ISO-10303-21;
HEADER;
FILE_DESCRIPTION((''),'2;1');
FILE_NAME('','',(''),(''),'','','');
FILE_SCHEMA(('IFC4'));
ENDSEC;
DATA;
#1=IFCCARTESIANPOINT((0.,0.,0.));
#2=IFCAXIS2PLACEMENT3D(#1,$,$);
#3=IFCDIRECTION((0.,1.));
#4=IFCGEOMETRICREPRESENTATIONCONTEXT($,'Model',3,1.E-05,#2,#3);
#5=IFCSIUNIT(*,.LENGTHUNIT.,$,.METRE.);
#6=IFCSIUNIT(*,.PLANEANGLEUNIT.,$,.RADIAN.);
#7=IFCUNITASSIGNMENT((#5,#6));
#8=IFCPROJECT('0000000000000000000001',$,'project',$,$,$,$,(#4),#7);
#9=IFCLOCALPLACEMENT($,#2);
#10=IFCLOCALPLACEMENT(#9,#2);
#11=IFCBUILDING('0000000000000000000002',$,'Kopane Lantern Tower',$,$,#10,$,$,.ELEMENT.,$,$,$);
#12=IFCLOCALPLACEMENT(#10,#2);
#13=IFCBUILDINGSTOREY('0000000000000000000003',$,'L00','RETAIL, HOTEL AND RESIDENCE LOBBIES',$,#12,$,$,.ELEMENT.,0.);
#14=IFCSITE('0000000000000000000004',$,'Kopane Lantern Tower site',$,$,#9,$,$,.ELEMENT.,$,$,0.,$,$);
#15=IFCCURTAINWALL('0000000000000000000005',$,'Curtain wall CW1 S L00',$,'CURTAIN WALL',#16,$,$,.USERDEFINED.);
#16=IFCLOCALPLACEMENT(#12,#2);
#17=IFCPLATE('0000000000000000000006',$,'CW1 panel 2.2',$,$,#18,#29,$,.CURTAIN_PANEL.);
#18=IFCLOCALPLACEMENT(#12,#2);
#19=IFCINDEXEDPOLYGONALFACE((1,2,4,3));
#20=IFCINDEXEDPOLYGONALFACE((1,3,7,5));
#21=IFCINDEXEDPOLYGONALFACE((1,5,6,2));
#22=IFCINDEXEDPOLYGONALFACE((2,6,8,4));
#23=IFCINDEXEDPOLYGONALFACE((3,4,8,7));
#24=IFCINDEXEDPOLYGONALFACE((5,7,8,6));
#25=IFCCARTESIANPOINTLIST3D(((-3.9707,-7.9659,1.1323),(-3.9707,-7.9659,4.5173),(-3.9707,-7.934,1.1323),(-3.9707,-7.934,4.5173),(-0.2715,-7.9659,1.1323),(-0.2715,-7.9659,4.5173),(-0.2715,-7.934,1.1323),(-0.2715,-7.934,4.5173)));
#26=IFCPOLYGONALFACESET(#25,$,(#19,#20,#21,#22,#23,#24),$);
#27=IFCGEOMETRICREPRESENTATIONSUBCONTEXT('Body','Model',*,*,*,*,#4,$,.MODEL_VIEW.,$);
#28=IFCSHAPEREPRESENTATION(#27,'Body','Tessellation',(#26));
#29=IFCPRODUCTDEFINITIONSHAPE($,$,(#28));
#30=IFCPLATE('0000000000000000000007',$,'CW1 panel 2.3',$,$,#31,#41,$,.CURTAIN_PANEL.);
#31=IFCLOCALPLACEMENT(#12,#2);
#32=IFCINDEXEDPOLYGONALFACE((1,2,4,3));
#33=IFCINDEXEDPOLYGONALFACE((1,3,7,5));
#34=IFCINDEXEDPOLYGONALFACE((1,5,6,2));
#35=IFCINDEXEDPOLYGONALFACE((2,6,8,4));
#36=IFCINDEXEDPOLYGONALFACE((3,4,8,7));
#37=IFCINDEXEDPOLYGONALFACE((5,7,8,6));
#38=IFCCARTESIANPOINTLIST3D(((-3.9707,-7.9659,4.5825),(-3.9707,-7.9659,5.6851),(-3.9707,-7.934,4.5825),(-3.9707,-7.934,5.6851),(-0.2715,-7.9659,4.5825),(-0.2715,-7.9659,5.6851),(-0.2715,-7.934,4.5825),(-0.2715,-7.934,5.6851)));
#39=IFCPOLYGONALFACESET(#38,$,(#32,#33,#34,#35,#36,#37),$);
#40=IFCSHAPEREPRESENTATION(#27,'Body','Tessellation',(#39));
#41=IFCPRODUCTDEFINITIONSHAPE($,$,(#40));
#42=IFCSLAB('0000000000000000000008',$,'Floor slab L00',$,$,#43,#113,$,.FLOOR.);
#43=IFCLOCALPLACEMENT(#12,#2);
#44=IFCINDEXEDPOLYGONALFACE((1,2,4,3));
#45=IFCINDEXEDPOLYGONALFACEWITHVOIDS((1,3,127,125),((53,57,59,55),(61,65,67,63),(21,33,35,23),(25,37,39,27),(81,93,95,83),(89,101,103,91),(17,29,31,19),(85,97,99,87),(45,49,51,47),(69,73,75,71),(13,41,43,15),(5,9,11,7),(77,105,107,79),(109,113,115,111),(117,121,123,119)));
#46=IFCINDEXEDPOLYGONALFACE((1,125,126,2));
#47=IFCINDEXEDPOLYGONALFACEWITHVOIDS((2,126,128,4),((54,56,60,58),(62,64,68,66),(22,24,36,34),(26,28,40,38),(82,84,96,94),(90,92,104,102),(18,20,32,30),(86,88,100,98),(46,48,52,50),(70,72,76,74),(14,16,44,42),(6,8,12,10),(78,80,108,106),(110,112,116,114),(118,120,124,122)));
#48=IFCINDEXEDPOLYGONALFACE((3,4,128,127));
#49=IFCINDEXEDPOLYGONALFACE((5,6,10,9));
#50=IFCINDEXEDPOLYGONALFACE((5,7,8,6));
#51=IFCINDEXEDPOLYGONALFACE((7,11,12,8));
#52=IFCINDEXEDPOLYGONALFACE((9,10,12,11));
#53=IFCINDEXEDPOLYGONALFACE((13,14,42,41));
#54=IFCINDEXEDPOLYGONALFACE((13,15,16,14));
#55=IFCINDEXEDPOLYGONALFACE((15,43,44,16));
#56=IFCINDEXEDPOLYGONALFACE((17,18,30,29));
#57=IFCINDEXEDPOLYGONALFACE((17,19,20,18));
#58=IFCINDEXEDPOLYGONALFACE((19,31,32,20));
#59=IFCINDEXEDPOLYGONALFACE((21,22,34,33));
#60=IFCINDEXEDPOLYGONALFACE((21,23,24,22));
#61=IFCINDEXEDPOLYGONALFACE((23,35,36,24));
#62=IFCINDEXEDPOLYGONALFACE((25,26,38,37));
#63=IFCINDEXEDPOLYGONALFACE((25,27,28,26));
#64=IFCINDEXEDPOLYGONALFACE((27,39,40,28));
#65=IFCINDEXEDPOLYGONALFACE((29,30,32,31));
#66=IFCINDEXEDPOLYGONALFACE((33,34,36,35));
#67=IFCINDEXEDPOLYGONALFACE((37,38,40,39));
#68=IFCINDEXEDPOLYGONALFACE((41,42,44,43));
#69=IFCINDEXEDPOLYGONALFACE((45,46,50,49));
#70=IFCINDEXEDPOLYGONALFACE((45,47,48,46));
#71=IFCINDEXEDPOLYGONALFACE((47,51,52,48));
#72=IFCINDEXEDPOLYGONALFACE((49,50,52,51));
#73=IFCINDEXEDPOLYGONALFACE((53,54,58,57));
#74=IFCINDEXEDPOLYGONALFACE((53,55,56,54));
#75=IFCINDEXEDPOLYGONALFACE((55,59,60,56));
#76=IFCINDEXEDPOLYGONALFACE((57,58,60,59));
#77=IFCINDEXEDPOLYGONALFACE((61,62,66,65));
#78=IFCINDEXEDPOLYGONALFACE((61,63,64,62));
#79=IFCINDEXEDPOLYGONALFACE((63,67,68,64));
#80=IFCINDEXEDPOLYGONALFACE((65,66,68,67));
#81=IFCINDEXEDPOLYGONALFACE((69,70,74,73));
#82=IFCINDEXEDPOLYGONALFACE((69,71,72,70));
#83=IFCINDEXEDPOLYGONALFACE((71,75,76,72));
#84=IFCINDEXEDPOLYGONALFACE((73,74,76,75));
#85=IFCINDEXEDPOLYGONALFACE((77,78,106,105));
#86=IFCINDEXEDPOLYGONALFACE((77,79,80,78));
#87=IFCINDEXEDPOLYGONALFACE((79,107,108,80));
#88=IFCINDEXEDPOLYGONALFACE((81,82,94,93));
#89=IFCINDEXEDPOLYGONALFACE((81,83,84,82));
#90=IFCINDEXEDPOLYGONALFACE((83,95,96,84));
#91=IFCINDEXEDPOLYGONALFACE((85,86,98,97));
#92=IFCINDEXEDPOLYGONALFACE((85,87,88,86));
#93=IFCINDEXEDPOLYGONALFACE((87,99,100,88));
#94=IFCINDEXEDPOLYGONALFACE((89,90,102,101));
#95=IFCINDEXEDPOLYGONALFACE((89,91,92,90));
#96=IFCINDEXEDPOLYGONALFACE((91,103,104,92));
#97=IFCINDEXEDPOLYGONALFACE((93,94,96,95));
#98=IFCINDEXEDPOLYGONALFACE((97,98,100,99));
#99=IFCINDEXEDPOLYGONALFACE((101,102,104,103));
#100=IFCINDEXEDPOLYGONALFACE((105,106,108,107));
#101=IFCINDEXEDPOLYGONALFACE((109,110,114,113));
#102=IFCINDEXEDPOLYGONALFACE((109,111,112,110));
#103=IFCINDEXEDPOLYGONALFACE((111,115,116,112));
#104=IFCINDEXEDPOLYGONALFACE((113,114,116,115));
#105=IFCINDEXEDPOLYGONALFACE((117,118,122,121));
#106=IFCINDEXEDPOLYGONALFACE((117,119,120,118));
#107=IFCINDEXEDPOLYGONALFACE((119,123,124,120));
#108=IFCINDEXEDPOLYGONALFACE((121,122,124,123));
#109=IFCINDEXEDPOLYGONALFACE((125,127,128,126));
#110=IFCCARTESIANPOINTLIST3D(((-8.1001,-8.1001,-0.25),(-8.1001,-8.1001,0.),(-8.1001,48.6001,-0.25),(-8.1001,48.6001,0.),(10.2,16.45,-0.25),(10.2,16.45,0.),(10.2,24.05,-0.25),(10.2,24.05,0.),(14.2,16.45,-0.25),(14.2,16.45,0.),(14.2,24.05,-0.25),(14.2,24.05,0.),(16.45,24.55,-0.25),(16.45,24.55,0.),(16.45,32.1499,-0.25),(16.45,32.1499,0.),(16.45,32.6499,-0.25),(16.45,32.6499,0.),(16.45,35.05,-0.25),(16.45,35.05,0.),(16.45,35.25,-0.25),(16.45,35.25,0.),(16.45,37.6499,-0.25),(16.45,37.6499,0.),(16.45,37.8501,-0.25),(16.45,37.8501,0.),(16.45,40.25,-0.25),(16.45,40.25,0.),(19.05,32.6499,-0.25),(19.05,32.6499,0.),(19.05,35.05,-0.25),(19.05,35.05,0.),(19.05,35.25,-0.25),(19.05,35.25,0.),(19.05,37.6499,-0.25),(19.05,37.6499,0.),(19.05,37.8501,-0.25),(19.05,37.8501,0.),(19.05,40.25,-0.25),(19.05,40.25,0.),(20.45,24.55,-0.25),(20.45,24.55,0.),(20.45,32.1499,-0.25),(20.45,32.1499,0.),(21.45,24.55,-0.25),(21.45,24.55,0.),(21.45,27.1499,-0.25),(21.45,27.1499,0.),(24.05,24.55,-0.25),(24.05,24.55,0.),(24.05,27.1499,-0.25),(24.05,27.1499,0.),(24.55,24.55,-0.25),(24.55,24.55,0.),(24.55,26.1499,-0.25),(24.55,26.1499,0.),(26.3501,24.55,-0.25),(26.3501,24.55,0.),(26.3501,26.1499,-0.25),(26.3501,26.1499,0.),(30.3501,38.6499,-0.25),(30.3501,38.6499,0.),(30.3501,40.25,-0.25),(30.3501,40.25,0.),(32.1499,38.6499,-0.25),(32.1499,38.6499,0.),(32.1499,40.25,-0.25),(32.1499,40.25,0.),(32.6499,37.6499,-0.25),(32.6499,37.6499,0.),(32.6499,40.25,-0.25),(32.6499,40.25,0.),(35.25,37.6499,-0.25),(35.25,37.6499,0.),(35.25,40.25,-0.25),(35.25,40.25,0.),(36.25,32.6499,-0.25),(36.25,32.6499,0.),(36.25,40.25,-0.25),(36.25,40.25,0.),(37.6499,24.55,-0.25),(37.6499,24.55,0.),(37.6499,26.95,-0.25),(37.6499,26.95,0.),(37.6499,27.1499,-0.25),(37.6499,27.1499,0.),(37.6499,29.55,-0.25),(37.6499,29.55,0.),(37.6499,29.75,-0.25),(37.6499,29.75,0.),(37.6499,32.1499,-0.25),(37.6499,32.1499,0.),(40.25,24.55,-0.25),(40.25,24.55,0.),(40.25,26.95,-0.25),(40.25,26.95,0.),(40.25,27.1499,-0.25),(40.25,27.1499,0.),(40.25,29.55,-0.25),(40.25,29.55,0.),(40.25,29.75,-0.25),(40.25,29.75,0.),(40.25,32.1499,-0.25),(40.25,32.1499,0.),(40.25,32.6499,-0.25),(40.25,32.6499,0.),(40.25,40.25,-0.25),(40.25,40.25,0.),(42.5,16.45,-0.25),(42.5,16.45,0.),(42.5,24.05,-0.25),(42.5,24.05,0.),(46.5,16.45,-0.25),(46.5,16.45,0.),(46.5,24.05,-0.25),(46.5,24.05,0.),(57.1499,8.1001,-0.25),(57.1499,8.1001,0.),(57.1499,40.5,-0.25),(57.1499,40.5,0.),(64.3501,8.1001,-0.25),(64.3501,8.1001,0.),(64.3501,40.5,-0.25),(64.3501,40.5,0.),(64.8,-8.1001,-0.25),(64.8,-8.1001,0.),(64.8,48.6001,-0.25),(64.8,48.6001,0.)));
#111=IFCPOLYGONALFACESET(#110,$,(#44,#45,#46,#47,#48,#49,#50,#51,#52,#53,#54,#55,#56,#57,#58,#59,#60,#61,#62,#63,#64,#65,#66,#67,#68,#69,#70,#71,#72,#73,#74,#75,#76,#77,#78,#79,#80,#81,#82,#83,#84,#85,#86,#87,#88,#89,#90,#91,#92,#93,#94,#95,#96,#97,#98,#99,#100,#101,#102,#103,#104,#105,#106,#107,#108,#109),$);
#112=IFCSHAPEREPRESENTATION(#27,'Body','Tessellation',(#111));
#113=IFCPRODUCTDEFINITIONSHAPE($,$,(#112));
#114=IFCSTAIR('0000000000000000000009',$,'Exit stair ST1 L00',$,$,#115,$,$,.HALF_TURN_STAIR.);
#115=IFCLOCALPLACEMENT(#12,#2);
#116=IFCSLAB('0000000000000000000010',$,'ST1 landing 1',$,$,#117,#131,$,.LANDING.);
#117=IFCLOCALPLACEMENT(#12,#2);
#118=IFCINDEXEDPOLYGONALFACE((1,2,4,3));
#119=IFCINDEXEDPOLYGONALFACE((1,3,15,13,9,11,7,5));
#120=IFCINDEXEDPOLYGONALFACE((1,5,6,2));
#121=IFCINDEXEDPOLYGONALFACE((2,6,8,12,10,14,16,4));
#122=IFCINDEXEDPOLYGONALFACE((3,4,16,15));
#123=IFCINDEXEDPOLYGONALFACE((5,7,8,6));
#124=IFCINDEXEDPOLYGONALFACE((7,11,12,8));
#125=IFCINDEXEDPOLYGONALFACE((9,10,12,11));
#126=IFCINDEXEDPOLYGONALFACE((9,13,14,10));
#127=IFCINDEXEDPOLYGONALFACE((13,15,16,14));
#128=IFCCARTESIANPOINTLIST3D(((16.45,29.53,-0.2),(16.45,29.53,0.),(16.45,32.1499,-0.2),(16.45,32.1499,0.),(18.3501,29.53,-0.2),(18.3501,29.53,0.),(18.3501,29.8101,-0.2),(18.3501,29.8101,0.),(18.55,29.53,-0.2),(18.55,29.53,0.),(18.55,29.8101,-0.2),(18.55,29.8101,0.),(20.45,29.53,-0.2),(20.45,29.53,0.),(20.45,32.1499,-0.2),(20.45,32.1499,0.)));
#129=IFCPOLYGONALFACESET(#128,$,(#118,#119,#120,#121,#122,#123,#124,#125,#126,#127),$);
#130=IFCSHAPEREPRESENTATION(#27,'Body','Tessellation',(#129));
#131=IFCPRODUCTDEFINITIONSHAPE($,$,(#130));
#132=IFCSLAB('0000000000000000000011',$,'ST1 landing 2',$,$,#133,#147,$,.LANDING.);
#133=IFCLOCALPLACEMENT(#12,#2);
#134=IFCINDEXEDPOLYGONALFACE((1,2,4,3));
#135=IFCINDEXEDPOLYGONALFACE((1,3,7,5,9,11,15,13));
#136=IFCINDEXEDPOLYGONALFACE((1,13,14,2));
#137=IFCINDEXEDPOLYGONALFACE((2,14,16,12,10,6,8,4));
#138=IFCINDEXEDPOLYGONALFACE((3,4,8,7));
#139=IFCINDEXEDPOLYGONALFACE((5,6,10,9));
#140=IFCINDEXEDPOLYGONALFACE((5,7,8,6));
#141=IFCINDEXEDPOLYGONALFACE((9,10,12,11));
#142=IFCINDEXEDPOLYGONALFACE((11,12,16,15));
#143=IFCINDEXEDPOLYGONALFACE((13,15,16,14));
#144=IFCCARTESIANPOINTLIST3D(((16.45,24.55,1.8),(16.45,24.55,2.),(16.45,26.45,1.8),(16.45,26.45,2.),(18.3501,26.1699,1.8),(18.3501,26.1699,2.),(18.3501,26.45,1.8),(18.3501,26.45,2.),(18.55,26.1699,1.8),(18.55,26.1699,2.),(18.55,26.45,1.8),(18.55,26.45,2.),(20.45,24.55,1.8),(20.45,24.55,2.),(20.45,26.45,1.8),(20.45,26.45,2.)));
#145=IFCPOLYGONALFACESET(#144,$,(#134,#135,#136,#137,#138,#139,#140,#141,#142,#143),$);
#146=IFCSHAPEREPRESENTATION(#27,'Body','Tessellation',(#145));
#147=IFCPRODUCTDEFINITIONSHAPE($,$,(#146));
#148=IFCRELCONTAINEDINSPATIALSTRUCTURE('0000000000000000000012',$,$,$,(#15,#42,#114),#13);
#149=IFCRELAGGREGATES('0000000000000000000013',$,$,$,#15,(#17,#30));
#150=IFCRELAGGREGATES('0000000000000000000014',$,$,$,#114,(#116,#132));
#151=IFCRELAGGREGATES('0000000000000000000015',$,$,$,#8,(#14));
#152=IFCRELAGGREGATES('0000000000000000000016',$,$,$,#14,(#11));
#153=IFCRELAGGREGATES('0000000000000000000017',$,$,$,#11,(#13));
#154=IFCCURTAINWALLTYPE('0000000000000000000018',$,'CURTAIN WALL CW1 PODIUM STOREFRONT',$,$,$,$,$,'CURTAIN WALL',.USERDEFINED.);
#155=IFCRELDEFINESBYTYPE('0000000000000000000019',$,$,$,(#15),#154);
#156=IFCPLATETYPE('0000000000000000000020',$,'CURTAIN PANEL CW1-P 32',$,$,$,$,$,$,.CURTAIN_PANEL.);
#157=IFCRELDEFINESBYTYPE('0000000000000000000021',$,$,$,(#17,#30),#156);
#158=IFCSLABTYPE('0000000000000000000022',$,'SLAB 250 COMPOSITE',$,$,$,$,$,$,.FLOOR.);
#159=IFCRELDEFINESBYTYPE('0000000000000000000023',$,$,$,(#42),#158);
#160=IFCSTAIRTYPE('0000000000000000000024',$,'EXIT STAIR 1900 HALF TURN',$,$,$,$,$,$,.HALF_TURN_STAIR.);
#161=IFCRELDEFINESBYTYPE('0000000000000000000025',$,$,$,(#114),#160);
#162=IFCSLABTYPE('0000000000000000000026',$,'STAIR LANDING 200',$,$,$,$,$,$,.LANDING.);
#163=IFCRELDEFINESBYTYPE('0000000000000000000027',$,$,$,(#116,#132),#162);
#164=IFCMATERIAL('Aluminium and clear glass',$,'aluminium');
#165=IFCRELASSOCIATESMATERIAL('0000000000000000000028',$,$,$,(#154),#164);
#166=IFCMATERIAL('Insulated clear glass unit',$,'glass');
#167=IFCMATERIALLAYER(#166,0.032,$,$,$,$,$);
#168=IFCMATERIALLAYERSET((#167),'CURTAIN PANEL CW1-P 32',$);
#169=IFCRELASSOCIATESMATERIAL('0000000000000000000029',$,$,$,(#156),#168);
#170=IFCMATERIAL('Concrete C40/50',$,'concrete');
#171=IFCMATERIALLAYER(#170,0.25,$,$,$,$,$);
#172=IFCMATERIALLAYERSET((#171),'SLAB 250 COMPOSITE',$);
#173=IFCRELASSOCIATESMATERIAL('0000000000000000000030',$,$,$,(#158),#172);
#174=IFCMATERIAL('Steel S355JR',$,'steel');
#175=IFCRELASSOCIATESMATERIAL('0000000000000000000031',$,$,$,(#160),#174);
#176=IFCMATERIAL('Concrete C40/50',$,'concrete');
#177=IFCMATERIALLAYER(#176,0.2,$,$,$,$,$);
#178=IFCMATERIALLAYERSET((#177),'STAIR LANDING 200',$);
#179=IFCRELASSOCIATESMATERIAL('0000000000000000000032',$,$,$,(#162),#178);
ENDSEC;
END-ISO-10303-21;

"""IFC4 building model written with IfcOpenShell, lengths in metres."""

from ifc_helpers import new_model, si_unit, direction, frame, origin, origin_2d, place, context, subcontext, project, spatial, polyline, rectangle, outline, extrude, material, layer, layer_set, type_object, element, aggregate, save


model = new_model("IFC4")

# Units and contexts
model_context = context("Model", 3, precision=1e-05, world=origin(), true_north=direction((0.0, 1.0)))
body_context = subcontext(model_context, "Body", "Model", "MODEL_VIEW")
ifc_project = project(units=[si_unit("LENGTHUNIT", "METRE"), si_unit("PLANEANGLEUNIT", "RADIAN")], contexts=[model_context])

# Site, building, storey
site_placement = place(None, origin())
site = spatial("IfcSite", under=ifc_project, at=site_placement, Name="Kopane Lantern Tower site", CompositionType="ELEMENT", RefElevation=0.0)
building_placement = place(site_placement, origin())
building = spatial("IfcBuilding", under=site, at=building_placement, Name="Kopane Lantern Tower", CompositionType="ELEMENT")
storey_placement = place(building_placement, origin())
storey = spatial("IfcBuildingStorey", under=building, at=storey_placement, Name="L00", Description="RETAIL, HOTEL AND RESIDENCE LOBBIES", CompositionType="ELEMENT", Elevation=0.0)

# Curtain wall, plates
ifc_material_1 = material(Name="Aluminium and clear glass", Category="aluminium")
curtain_wall_type = type_object("IfcCurtainWallType", Name="CURTAIN WALL CW1 PODIUM STOREFRONT", ElementType="CURTAIN WALL", PredefinedType="USERDEFINED", material=ifc_material_1)
curtain_wall_placement = place(storey_placement, origin())
curtain_wall = element("IfcCurtainWall", 1, at=curtain_wall_placement, inside=storey, type_object=curtain_wall_type, Name="Curtain wall CW1 S L00", ObjectType="CURTAIN WALL", PredefinedType="USERDEFINED")
ifc_material_2 = material(Name="Insulated clear glass unit", Category="glass")
ifc_layer_1 = layer(ifc_material_2, 0.032)
ifc_layer_set_1 = layer_set([ifc_layer_1], Name="CURTAIN PANEL CW1-P 32")
plate_type = type_object("IfcPlateType", Name="CURTAIN PANEL CW1-P 32", PredefinedType="CURTAIN_PANEL", material=ifc_layer_set_1)
plate_1_placement = place(storey_placement, frame((-2.1211, -7.95, 1.1323), z_axis=(0.0, 0.0, 1.0), x_axis=(1.0, 0.0, 0.0)))
plate_1 = element("IfcPlate", 2, at=plate_1_placement, type_object=plate_type, Name="CW1 panel 2.2", PredefinedType="CURTAIN_PANEL", context=body_context, shape_type="SweptSolid", body=[
    extrude(rectangle(XDim=3.6992, YDim=0.032, at=origin_2d()), origin(), (0.0, 0.0, 1.0), 3.385),
])
plate_2_placement = place(storey_placement, frame((-2.1211, -7.95, 4.5825), z_axis=(0.0, 0.0, 1.0), x_axis=(1.0, 0.0, 0.0)))
plate_2 = element("IfcPlate", 3, at=plate_2_placement, type_object=plate_type, Name="CW1 panel 2.3", PredefinedType="CURTAIN_PANEL", context=body_context, shape_type="SweptSolid", body=[
    extrude(rectangle(XDim=3.6992, YDim=0.032, at=origin_2d()), origin(), (0.0, 0.0, 1.0), 1.1025),
])
aggregate(curtain_wall, [plate_1, plate_2])

# Slab
ifc_material_3 = material(Name="Concrete C40/50", Category="concrete")
ifc_layer_2 = layer(ifc_material_3, 0.25)
ifc_layer_set_2 = layer_set([ifc_layer_2], Name="SLAB 250 COMPOSITE")
slab_type_1 = type_object("IfcSlabType", Name="SLAB 250 COMPOSITE", PredefinedType="FLOOR", material=ifc_layer_set_2)
slab_1_placement = place(storey_placement, frame((0.0, 0.0, -0.25)))
element("IfcSlab", 4, at=slab_1_placement, inside=storey, type_object=slab_type_1, Name="Floor slab L00", PredefinedType="FLOOR", context=body_context, shape_type="SweptSolid", body=[
    extrude(outline(polyline([(-8.1001, -8.1001), (64.8, -8.1001), (64.8, 48.6001), (-8.1001, 48.6001), (-8.1001, -8.1001)]), holes=[polyline([(16.45, 24.55), (20.45, 24.55), (20.45, 32.1499), (16.45, 32.1499), (16.45, 24.55)]), polyline([(36.25, 32.6499), (40.25, 32.6499), (40.25, 40.25), (36.25, 40.25), (36.25, 32.6499)]), polyline([(16.45, 32.6499), (19.05, 32.6499), (19.05, 35.05), (16.45, 35.05), (16.45, 32.6499)]), polyline([(16.45, 35.25), (19.05, 35.25), (19.05, 37.6499), (16.45, 37.6499), (16.45, 35.25)]), polyline([(16.45, 37.8501), (19.05, 37.8501), (19.05, 40.25), (16.45, 40.25), (16.45, 37.8501)]), polyline([(37.6499, 24.55), (40.25, 24.55), (40.25, 26.95), (37.6499, 26.95), (37.6499, 24.55)]), polyline([(37.6499, 27.1499), (40.25, 27.1499), (40.25, 29.55), (37.6499, 29.55), (37.6499, 27.1499)]), polyline([(37.6499, 29.75), (40.25, 29.75), (40.25, 32.1499), (37.6499, 32.1499), (37.6499, 29.75)]), polyline([(21.45, 24.55), (24.05, 24.55), (24.05, 27.1499), (21.45, 27.1499), (21.45, 24.55)]), polyline([(32.6499, 37.6499), (35.25, 37.6499), (35.25, 40.25), (32.6499, 40.25), (32.6499, 37.6499)]), polyline([(24.55, 24.55), (26.3501, 24.55), (26.3501, 26.1499), (24.55, 26.1499), (24.55, 24.55)]), polyline([(30.3501, 38.6499), (32.1499, 38.6499), (32.1499, 40.25), (30.3501, 40.25), (30.3501, 38.6499)]), polyline([(10.2, 16.45), (14.2, 16.45), (14.2, 24.05), (10.2, 24.05), (10.2, 16.45)]), polyline([(42.5, 16.45), (46.5, 16.45), (46.5, 24.05), (42.5, 24.05), (42.5, 16.45)]), polyline([(57.1499, 8.1001), (64.3501, 8.1001), (64.3501, 40.5), (57.1499, 40.5), (57.1499, 8.1001)])]), origin(), (0.0, 0.0, 1.0), 0.25),
])

# Stair, slabs
ifc_material_4 = material(Name="Steel S355JR", Category="steel")
stair_type = type_object("IfcStairType", Name="EXIT STAIR 1900 HALF TURN", PredefinedType="HALF_TURN_STAIR", material=ifc_material_4)
stair_placement = place(storey_placement, origin())
stair = element("IfcStair", 5, at=stair_placement, inside=storey, type_object=stair_type, Name="Exit stair ST1 L00", PredefinedType="HALF_TURN_STAIR")
ifc_material_5 = material(Name="Concrete C40/50", Category="concrete")
ifc_layer_3 = layer(ifc_material_5, 0.2)
ifc_layer_set_3 = layer_set([ifc_layer_3], Name="STAIR LANDING 200")
slab_type_2 = type_object("IfcSlabType", Name="STAIR LANDING 200", PredefinedType="LANDING", material=ifc_layer_set_3)
slab_2_placement = place(storey_placement, frame((0.0, 0.0, -0.2)))
slab_2 = element("IfcSlab", 6, at=slab_2_placement, type_object=slab_type_2, Name="ST1 landing 1", PredefinedType="LANDING", context=body_context, shape_type="SweptSolid", body=[
    extrude(outline(polyline([(18.3501, 29.8101), (18.55, 29.8101), (18.55, 29.53), (20.45, 29.53), (20.45, 32.1499), (16.45, 32.1499), (16.45, 29.53), (18.3501, 29.53), (18.3501, 29.8101)])), origin(), (0.0, 0.0, 1.0), 0.2),
])
slab_3_placement = place(storey_placement, frame((0.0, 0.0, 1.8)))
slab_3 = element("IfcSlab", 7, at=slab_3_placement, type_object=slab_type_2, Name="ST1 landing 2", PredefinedType="LANDING", context=body_context, shape_type="SweptSolid", body=[
    extrude(outline(polyline([(20.45, 26.45), (18.55, 26.45), (18.55, 26.1699), (18.3501, 26.1699), (18.3501, 26.45), (16.45, 26.45), (16.45, 24.55), (20.45, 24.55), (20.45, 26.45)])), origin(), (0.0, 0.0, 1.0), 0.2),
])
aggregate(stair, [slab_2, slab_3])

save(model, "model.ifc")
